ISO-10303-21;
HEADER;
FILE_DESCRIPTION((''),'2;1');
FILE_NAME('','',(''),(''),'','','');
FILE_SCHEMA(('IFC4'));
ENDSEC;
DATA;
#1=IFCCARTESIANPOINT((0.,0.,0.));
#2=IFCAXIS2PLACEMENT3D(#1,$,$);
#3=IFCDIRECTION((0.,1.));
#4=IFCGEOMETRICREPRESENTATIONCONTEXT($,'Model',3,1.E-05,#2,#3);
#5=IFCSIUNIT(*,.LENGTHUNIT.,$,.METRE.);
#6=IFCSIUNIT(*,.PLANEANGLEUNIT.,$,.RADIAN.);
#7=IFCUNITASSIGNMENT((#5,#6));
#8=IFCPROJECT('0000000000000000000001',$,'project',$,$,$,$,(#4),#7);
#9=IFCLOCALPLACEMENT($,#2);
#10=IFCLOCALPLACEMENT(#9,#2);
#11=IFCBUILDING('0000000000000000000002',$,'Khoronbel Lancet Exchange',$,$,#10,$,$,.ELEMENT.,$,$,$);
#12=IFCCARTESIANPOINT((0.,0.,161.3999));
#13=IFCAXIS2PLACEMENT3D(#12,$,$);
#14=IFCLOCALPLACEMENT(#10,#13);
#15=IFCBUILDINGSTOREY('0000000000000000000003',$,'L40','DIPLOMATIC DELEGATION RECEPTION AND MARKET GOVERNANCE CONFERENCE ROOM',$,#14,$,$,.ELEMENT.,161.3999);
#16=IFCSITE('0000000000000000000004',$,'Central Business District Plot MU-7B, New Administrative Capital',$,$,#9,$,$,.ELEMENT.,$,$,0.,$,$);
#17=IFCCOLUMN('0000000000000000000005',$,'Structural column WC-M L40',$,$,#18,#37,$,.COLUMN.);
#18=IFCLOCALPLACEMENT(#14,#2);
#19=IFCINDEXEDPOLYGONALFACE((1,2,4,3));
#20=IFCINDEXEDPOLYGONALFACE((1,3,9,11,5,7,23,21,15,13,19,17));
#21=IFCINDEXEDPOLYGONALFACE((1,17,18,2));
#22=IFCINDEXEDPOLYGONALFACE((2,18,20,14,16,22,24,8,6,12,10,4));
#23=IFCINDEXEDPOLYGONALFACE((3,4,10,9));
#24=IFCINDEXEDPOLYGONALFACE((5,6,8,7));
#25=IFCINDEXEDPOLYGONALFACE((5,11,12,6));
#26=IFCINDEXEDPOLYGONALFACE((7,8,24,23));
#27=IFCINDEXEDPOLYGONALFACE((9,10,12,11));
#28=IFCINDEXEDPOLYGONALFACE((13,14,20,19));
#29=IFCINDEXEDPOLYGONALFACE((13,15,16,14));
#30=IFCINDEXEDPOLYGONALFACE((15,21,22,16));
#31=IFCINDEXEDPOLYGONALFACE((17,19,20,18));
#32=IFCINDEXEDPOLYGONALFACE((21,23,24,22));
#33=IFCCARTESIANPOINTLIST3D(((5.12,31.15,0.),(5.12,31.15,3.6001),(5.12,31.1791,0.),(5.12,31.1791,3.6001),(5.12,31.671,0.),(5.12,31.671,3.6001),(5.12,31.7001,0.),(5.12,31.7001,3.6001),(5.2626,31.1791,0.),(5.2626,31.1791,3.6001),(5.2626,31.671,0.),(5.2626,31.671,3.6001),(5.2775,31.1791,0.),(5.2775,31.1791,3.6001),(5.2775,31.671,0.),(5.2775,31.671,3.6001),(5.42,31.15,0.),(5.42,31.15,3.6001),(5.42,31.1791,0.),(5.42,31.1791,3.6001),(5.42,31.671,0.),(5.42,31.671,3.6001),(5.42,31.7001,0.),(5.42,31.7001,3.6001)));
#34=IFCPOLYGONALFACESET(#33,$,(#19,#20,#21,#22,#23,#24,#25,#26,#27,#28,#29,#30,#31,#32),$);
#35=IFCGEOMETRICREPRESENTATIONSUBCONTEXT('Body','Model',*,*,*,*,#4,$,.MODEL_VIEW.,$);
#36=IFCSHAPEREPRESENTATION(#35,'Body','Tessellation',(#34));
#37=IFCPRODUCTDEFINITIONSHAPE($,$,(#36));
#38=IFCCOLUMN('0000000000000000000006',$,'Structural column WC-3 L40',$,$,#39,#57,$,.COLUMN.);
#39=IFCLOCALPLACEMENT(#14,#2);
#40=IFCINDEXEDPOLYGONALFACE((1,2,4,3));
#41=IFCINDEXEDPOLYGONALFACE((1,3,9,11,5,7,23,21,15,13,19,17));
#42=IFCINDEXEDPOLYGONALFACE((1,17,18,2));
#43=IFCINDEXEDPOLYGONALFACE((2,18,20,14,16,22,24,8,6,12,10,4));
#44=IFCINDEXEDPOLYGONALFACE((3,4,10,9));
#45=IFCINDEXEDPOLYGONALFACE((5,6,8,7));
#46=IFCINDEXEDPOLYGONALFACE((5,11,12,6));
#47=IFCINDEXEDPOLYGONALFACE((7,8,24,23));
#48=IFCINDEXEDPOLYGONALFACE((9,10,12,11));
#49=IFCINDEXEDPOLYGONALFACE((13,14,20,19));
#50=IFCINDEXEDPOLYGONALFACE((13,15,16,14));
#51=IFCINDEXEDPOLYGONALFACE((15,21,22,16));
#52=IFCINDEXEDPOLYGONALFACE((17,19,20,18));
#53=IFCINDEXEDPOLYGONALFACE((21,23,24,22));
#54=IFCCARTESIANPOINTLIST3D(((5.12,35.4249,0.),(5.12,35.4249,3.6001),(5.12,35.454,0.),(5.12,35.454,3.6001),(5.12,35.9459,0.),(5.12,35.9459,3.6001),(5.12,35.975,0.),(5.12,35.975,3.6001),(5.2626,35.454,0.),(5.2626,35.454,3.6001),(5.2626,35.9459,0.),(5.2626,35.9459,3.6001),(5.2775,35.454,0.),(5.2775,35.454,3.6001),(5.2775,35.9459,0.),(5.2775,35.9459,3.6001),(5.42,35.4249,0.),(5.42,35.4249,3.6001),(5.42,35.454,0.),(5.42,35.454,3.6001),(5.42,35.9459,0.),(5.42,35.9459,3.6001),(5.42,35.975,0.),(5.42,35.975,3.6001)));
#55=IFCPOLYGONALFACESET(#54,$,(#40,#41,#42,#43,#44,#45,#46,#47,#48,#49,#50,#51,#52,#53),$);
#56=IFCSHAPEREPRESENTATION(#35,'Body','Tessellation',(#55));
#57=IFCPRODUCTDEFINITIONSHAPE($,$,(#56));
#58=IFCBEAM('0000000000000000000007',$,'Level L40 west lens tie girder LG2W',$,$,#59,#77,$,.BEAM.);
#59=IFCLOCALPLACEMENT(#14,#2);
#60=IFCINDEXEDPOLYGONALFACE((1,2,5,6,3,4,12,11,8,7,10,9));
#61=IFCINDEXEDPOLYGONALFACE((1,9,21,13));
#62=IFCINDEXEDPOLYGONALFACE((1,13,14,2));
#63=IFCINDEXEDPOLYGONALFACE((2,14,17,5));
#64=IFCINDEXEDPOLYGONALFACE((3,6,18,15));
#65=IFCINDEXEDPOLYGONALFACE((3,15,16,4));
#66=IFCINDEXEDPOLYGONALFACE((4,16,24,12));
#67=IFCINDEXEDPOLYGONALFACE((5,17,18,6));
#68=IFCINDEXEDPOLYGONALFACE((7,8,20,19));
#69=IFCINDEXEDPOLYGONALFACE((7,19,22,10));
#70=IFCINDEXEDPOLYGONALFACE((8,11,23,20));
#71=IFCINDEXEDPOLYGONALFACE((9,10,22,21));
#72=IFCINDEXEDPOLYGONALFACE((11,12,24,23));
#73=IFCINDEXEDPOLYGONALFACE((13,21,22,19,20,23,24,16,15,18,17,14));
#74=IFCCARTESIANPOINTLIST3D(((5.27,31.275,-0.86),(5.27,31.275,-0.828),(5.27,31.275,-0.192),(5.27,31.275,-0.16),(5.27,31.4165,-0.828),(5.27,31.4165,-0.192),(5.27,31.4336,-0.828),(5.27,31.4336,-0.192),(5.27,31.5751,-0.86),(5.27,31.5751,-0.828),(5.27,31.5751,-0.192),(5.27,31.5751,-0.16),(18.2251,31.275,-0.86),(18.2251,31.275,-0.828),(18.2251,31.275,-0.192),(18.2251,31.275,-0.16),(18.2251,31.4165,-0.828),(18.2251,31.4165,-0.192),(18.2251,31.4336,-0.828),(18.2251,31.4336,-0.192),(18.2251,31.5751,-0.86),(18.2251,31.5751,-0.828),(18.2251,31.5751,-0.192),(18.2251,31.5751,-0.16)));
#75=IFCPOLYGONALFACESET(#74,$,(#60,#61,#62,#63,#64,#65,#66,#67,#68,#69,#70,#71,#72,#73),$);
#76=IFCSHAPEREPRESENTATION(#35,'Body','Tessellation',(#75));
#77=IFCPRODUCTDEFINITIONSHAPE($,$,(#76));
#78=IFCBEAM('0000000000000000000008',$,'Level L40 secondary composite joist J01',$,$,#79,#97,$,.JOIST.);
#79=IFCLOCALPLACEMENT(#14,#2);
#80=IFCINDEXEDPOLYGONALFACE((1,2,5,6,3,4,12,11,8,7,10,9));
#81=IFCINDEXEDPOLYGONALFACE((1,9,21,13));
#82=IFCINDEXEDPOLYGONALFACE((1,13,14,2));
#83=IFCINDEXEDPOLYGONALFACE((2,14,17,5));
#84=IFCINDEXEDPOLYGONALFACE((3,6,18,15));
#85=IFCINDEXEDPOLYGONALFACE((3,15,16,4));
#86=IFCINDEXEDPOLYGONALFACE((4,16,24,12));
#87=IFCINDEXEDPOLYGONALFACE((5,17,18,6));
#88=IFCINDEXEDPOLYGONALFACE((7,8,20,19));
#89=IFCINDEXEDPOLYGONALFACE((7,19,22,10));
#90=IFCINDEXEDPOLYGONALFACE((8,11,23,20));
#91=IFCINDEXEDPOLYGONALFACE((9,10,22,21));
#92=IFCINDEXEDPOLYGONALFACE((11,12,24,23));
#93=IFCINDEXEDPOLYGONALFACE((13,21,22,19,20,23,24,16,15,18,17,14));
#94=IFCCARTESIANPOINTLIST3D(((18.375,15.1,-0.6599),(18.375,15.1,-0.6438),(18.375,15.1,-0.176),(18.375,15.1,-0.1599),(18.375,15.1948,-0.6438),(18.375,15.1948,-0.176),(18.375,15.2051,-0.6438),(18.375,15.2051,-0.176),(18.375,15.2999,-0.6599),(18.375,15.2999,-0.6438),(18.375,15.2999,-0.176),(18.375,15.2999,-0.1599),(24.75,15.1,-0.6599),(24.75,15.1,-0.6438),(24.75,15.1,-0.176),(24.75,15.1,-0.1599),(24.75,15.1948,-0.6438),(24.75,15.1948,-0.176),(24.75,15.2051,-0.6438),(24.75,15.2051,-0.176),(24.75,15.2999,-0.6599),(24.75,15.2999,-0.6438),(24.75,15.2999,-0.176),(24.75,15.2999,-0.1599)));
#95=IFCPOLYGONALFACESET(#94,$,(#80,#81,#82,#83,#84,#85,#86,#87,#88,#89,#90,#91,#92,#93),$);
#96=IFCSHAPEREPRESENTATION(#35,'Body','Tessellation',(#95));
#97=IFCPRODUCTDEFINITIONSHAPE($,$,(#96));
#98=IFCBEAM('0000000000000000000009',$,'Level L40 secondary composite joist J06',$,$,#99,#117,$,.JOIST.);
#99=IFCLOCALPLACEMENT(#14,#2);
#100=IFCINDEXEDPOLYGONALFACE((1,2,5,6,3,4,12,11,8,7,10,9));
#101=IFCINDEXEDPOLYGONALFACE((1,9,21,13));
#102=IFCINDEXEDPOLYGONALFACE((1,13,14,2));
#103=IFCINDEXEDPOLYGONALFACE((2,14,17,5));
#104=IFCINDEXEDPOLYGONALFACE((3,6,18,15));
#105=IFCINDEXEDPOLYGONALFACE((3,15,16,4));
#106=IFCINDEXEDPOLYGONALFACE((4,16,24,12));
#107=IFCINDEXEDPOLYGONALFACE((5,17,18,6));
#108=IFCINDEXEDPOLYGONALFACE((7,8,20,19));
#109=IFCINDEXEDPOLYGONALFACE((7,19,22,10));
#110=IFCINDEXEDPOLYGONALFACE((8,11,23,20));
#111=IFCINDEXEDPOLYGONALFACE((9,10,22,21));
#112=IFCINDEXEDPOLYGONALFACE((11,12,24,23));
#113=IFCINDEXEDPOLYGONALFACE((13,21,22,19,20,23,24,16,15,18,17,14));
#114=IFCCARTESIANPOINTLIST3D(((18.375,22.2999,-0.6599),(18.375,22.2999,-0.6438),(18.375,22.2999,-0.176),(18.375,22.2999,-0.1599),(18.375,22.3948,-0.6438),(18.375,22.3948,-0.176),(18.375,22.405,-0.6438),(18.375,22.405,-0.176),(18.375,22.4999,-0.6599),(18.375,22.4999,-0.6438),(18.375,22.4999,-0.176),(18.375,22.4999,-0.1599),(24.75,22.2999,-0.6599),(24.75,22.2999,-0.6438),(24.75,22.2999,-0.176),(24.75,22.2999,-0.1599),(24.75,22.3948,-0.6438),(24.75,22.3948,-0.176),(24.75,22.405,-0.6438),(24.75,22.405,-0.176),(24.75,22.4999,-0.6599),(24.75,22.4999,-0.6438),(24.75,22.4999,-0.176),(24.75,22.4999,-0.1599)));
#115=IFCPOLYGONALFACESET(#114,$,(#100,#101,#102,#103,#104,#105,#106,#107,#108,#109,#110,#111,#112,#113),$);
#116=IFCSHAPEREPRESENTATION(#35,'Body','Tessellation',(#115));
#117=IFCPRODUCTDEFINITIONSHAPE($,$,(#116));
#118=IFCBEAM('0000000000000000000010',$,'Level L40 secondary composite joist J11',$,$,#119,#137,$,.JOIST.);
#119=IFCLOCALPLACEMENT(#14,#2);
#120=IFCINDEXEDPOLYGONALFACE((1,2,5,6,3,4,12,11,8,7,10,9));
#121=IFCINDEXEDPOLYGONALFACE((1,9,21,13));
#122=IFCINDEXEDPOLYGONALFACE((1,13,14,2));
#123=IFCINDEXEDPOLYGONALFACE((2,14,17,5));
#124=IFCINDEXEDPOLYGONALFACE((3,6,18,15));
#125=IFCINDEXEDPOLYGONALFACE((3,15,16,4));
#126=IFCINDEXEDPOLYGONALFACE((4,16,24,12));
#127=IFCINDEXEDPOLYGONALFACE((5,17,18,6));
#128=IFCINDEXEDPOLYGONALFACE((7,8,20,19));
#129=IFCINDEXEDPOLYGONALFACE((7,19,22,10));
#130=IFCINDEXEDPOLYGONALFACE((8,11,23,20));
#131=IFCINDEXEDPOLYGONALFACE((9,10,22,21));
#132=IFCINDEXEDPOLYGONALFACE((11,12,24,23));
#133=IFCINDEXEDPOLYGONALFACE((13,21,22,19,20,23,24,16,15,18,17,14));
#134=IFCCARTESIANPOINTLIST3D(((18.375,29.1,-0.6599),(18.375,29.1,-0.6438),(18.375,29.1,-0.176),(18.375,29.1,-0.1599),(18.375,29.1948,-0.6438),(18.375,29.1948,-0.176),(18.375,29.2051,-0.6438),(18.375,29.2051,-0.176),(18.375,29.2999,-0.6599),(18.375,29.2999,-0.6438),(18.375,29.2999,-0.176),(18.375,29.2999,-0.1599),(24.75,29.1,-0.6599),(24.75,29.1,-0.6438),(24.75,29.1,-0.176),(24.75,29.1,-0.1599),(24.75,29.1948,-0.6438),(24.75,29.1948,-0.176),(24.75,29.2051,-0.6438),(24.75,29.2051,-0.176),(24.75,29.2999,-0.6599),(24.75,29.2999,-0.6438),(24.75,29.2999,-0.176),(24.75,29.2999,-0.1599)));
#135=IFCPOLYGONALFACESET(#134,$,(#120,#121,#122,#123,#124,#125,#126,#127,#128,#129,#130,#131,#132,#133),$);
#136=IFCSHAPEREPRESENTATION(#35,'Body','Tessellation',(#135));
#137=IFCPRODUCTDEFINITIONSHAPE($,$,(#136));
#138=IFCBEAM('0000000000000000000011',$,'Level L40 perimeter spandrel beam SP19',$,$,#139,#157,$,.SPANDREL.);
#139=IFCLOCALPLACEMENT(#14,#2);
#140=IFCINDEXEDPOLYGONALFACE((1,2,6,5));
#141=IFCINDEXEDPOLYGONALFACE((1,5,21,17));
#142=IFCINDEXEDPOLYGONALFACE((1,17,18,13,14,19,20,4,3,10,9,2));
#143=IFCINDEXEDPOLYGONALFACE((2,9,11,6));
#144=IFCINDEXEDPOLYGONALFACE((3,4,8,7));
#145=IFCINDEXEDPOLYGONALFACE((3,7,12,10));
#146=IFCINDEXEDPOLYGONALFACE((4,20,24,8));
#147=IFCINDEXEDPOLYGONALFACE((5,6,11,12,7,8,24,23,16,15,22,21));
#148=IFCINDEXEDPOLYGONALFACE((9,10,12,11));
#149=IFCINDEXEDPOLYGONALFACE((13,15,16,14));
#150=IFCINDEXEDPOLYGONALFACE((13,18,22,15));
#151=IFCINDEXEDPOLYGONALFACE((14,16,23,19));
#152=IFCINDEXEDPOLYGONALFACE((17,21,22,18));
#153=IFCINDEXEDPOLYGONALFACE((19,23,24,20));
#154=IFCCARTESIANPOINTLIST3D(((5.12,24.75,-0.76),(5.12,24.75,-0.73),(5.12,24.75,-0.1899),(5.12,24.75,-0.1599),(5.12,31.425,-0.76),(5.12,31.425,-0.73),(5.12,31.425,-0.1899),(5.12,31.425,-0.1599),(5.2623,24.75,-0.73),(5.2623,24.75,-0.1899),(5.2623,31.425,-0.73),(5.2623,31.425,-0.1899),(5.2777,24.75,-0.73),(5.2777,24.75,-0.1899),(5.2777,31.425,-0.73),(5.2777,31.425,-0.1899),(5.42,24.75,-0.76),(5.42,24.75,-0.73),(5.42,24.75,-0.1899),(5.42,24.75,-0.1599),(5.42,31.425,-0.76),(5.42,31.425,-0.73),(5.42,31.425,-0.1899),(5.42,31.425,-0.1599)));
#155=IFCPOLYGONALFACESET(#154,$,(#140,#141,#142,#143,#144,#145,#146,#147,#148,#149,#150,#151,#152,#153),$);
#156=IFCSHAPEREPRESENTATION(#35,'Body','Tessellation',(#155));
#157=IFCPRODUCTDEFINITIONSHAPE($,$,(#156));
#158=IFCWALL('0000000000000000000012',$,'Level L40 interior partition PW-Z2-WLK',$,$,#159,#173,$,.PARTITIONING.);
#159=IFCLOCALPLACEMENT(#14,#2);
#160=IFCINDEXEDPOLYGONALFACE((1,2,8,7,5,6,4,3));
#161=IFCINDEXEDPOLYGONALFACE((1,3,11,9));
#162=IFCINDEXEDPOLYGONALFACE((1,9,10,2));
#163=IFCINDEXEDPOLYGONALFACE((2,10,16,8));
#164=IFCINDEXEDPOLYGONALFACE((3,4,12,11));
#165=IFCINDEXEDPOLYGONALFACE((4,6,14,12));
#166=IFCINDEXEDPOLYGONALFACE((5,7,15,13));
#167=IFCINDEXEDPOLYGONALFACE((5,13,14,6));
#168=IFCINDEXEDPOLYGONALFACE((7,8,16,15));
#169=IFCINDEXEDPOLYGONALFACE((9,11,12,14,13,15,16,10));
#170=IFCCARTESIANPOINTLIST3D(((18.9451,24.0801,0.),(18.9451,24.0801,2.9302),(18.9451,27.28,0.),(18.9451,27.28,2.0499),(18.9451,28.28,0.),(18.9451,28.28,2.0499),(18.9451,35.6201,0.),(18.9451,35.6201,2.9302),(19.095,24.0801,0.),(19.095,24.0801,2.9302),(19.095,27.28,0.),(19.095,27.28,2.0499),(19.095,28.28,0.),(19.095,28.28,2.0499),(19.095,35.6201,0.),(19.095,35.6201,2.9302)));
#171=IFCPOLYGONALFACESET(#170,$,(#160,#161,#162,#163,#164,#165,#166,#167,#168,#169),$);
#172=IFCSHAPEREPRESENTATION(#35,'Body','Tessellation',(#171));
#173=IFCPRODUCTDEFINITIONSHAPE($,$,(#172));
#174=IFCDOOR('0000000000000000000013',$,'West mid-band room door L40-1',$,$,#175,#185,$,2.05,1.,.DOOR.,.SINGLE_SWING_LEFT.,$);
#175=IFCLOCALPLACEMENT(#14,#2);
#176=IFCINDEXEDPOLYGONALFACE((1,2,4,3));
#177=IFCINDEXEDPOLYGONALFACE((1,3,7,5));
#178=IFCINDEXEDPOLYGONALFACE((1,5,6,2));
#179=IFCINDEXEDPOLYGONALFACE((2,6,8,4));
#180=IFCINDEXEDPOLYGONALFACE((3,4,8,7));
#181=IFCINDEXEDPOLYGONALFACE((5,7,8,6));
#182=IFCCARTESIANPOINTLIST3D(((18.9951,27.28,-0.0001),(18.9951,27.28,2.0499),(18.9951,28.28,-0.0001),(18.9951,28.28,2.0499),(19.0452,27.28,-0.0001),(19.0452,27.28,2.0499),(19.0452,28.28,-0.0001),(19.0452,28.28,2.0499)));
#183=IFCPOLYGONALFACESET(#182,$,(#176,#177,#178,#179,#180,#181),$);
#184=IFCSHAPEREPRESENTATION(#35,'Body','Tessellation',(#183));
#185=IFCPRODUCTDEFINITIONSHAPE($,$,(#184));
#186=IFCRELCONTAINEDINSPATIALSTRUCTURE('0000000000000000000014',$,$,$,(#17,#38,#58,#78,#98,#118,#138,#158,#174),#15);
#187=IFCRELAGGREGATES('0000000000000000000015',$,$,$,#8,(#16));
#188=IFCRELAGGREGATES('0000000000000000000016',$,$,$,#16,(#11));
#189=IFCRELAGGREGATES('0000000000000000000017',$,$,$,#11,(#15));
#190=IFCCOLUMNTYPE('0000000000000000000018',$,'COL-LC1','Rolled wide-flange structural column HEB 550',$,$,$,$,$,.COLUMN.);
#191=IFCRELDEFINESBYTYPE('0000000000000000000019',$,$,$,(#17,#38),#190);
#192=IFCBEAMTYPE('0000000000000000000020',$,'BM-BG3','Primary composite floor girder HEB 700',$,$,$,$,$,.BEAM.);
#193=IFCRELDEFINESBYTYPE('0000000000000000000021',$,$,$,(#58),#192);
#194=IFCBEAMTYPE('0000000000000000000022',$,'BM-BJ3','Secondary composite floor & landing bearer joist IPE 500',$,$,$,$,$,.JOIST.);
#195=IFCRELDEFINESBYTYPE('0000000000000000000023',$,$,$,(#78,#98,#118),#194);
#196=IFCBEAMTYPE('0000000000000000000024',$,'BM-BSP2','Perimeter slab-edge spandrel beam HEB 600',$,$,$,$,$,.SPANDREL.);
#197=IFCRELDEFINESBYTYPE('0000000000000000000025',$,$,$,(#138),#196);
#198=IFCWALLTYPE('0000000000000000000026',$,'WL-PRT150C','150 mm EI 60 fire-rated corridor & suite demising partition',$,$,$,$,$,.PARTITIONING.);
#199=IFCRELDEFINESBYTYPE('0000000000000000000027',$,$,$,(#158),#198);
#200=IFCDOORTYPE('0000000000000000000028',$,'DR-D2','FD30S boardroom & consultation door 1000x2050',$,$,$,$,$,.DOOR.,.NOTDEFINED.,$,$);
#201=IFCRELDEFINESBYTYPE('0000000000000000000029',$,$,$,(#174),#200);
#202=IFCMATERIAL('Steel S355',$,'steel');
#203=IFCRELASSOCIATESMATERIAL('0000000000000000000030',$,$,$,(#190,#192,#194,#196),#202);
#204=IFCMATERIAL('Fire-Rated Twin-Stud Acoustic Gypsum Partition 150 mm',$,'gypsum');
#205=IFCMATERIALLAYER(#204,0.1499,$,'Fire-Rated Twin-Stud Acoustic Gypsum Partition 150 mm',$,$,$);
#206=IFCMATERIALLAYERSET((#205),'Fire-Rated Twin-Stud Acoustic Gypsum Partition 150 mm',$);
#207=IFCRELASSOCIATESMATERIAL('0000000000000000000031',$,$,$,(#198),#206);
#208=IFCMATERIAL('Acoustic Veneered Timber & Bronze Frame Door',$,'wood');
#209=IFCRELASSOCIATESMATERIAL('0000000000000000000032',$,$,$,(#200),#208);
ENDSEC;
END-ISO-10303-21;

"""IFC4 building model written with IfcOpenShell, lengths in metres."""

from ifc_helpers import new_model, si_unit, direction, frame, frame_2d, origin, origin_2d, place, context, subcontext, project, spatial, rectangle, i_section, extrude, material, layer, layer_set, material_profile, profile_set, type_object, element, fill, save


model = new_model("IFC4")

# Units and contexts
model_context = context("Model", 3, precision=1e-05, world=origin(), true_north=direction((0.0, 1.0)))
body_context = subcontext(model_context, "Body", "Model", "MODEL_VIEW")
ifc_project = project(units=[si_unit("LENGTHUNIT", "METRE"), si_unit("PLANEANGLEUNIT", "RADIAN")], contexts=[model_context])

# Site, building, storey
site_placement = place(None, origin())
site = spatial("IfcSite", under=ifc_project, at=site_placement, Name="Central Business District Plot MU-7B, New Administrative Capital", CompositionType="ELEMENT", RefElevation=0.0)
building_placement = place(site_placement, origin())
building = spatial("IfcBuilding", under=site, at=building_placement, Name="Khoronbel Lancet Exchange", CompositionType="ELEMENT")
storey_placement = place(building_placement, frame((0.0, 0.0, 161.3999)))
storey = spatial("IfcBuildingStorey", under=building, at=storey_placement, Name="L40", Description="DIPLOMATIC DELEGATION RECEPTION AND MARKET GOVERNANCE CONFERENCE ROOM", CompositionType="ELEMENT", Elevation=161.3999)

# Columns
ifc_material_1 = material(Name="Steel S355", Category="steel")
ifc_material_profile_1 = material_profile(ifc_material_1, i_section(OverallWidth=0.3, OverallDepth=0.55, WebThickness=0.0149, FlangeThickness=0.0291, at=origin_2d()), Name="HEB 550")
ifc_profile_set_1 = profile_set([ifc_material_profile_1], Name="Steel S355")
column_type = type_object("IfcColumnType", Name="COL-LC1", Description="Rolled wide-flange structural column HEB 550", PredefinedType="COLUMN", material=ifc_profile_set_1)
for number, where, z_axis, x_axis, name in (
    (1, (5.27, 31.425, 0.0), (0.0, 0.0, 1.0), (1.0, 0.0, 0.0), "Structural column WC-M L40"),
    (2, (5.27, 35.7, 0.0), (0.0, 0.0, 1.0), (1.0, 0.0, 0.0), "Structural column WC-3 L40"),
):
    element("IfcColumn", number, at=place(storey_placement, frame(where, z_axis=z_axis, x_axis=x_axis)), inside=storey, type_object=column_type, Name=name, PredefinedType="COLUMN", context=body_context, shape_type="SweptSolid", body=[
        extrude(i_section(OverallWidth=0.3, OverallDepth=0.55, WebThickness=0.0149, FlangeThickness=0.0291, at=origin_2d()), origin(), (0.0, 0.0, 1.0), 3.6001),
    ])

# Beams
ifc_material_profile_2 = material_profile(ifc_material_1, i_section(OverallWidth=0.3, OverallDepth=0.7, WebThickness=0.0171, FlangeThickness=0.032, at=origin_2d()), Name="HEB 700")
ifc_profile_set_2 = profile_set([ifc_material_profile_2], Name="Steel S355")
beam_type_1 = type_object("IfcBeamType", Name="BM-BG3", Description="Primary composite floor girder HEB 700", PredefinedType="BEAM", material=ifc_profile_set_2)
beam_1_placement = place(storey_placement, frame((5.27, 31.425, -0.51), z_axis=(1.0, 0.0, 0.0), x_axis=(0.0, 1.0, 0.0)))
element("IfcBeam", 3, at=beam_1_placement, inside=storey, type_object=beam_type_1, Name="Level L40 west lens tie girder LG2W", PredefinedType="BEAM", context=body_context, shape_type="SweptSolid", body=[
    extrude(i_section(OverallWidth=0.3, OverallDepth=0.7, WebThickness=0.0171, FlangeThickness=0.032, at=origin_2d()), origin(), (0.0, 0.0, 1.0), 12.9551),
])
ifc_material_profile_3 = material_profile(ifc_material_1, i_section(OverallWidth=0.2, OverallDepth=0.5, WebThickness=0.0103, FlangeThickness=0.0161, at=origin_2d()), Name="IPE 500")
ifc_profile_set_3 = profile_set([ifc_material_profile_3], Name="Steel S355")
beam_type_2 = type_object("IfcBeamType", Name="BM-BJ3", Description="Secondary composite floor & landing bearer joist IPE 500", PredefinedType="JOIST", material=ifc_profile_set_3)
for number, where, z_axis, x_axis, name in (
    (4, (18.375, 15.2, -0.4099), (1.0, 0.0, 0.0), (0.0, 1.0, 0.0), "Level L40 secondary composite joist J01"),
    (5, (18.375, 22.3999, -0.4099), (1.0, 0.0, 0.0), (0.0, 1.0, 0.0), "Level L40 secondary composite joist J06"),
    (6, (18.375, 29.2, -0.4099), (1.0, 0.0, 0.0), (0.0, 1.0, 0.0), "Level L40 secondary composite joist J11"),
):
    element("IfcBeam", number, at=place(storey_placement, frame(where, z_axis=z_axis, x_axis=x_axis)), inside=storey, type_object=beam_type_2, Name=name, PredefinedType="JOIST", context=body_context, shape_type="SweptSolid", body=[
        extrude(i_section(OverallWidth=0.2, OverallDepth=0.5, WebThickness=0.0103, FlangeThickness=0.0161, at=origin_2d()), origin(), (0.0, 0.0, 1.0), 6.375),
    ])
ifc_material_profile_4 = material_profile(ifc_material_1, i_section(OverallWidth=0.3, OverallDepth=0.6001, WebThickness=0.0154, FlangeThickness=0.03, at=origin_2d()), Name="HEB 600")
ifc_profile_set_4 = profile_set([ifc_material_profile_4], Name="Steel S355")
beam_type_3 = type_object("IfcBeamType", Name="BM-BSP2", Description="Perimeter slab-edge spandrel beam HEB 600", PredefinedType="SPANDREL", material=ifc_profile_set_4)
beam_2_placement = place(storey_placement, frame((5.27, 31.425, -0.46), z_axis=(0.0, -1.0, 0.0), x_axis=(1.0, 0.0, 0.0)))
element("IfcBeam", 7, at=beam_2_placement, inside=storey, type_object=beam_type_3, Name="Level L40 perimeter spandrel beam SP19", PredefinedType="SPANDREL", context=body_context, shape_type="SweptSolid", body=[
    extrude(i_section(OverallWidth=0.3, OverallDepth=0.6001, WebThickness=0.0154, FlangeThickness=0.03, at=origin_2d()), origin(), (0.0, 0.0, 1.0), 6.675),
])

# Wall, opening, door
ifc_material_2 = material(Name="Fire-Rated Twin-Stud Acoustic Gypsum Partition 150 mm", Category="gypsum")
ifc_layer_1 = layer(ifc_material_2, 0.1499, Name="Fire-Rated Twin-Stud Acoustic Gypsum Partition 150 mm")
ifc_layer_set_1 = layer_set([ifc_layer_1], Name="Fire-Rated Twin-Stud Acoustic Gypsum Partition 150 mm")
wall_type_1 = type_object("IfcWallType", Name="WL-PRT150C", Description="150 mm EI 60 fire-rated corridor & suite demising partition", PredefinedType="PARTITIONING", material=ifc_layer_set_1)
wall_1_placement = place(storey_placement, frame((19.02, 24.0801, 0.0), z_axis=(0.0, 0.0, 1.0), x_axis=(0.0, 1.0, 0.0)))
wall_1 = element("IfcWall", 8, at=wall_1_placement, inside=storey, type_object=wall_type_1, Name="Level L40 interior partition PW-Z2-WLK", PredefinedType="PARTITIONING", context=body_context, shape_type="SweptSolid", body=[
    extrude(rectangle(XDim=11.54, YDim=0.1499, at=frame_2d((5.77, 0.0))), origin(), (0.0, 0.0, 1.0), 2.9302),
])
opening_1_placement = place(wall_1_placement, frame((3.2, 0.0, 0.0)))
opening_1 = element("IfcOpeningElement", 9, at=opening_1_placement, cuts=wall_1, PredefinedType="OPENING", context=body_context, shape_type="SweptSolid", body=[
    extrude(rectangle(XDim=1.0, YDim=2.05, at=frame_2d((0.5, 1.0249))), frame((0.0, 0.085, 0.0), z_axis=(0.0, -1.0, 0.0), x_axis=(1.0, 0.0, 0.0)), (0.0, 0.0, 1.0), 0.1699),
])
ifc_material_3 = material(Name="Acoustic Veneered Timber & Bronze Frame Door", Category="wood")
door_type = type_object("IfcDoorType", Name="DR-D2", Description="FD30S boardroom & consultation door 1000x2050", OperationType="NOTDEFINED", PredefinedType="DOOR", material=ifc_material_3)
door_1_placement = place(opening_1_placement, origin())
door_1 = element("IfcDoor", 10, at=door_1_placement, inside=storey, type_object=door_type, Name="West mid-band room door L40-1", OperationType="SINGLE_SWING_LEFT", OverallHeight=2.05, OverallWidth=1.0, PredefinedType="DOOR", context=body_context, shape_type="SweptSolid", body=[
    extrude(rectangle(XDim=1.0, YDim=2.05, at=frame_2d((0.5, 1.0249))), frame((0.0, 0.0249, 0.0), z_axis=(0.0, -1.0, 0.0), x_axis=(1.0, 0.0, 0.0)), (0.0, 0.0, 1.0), 0.05),
])
fill(opening_1, door_1)

save(model, "model.ifc")
